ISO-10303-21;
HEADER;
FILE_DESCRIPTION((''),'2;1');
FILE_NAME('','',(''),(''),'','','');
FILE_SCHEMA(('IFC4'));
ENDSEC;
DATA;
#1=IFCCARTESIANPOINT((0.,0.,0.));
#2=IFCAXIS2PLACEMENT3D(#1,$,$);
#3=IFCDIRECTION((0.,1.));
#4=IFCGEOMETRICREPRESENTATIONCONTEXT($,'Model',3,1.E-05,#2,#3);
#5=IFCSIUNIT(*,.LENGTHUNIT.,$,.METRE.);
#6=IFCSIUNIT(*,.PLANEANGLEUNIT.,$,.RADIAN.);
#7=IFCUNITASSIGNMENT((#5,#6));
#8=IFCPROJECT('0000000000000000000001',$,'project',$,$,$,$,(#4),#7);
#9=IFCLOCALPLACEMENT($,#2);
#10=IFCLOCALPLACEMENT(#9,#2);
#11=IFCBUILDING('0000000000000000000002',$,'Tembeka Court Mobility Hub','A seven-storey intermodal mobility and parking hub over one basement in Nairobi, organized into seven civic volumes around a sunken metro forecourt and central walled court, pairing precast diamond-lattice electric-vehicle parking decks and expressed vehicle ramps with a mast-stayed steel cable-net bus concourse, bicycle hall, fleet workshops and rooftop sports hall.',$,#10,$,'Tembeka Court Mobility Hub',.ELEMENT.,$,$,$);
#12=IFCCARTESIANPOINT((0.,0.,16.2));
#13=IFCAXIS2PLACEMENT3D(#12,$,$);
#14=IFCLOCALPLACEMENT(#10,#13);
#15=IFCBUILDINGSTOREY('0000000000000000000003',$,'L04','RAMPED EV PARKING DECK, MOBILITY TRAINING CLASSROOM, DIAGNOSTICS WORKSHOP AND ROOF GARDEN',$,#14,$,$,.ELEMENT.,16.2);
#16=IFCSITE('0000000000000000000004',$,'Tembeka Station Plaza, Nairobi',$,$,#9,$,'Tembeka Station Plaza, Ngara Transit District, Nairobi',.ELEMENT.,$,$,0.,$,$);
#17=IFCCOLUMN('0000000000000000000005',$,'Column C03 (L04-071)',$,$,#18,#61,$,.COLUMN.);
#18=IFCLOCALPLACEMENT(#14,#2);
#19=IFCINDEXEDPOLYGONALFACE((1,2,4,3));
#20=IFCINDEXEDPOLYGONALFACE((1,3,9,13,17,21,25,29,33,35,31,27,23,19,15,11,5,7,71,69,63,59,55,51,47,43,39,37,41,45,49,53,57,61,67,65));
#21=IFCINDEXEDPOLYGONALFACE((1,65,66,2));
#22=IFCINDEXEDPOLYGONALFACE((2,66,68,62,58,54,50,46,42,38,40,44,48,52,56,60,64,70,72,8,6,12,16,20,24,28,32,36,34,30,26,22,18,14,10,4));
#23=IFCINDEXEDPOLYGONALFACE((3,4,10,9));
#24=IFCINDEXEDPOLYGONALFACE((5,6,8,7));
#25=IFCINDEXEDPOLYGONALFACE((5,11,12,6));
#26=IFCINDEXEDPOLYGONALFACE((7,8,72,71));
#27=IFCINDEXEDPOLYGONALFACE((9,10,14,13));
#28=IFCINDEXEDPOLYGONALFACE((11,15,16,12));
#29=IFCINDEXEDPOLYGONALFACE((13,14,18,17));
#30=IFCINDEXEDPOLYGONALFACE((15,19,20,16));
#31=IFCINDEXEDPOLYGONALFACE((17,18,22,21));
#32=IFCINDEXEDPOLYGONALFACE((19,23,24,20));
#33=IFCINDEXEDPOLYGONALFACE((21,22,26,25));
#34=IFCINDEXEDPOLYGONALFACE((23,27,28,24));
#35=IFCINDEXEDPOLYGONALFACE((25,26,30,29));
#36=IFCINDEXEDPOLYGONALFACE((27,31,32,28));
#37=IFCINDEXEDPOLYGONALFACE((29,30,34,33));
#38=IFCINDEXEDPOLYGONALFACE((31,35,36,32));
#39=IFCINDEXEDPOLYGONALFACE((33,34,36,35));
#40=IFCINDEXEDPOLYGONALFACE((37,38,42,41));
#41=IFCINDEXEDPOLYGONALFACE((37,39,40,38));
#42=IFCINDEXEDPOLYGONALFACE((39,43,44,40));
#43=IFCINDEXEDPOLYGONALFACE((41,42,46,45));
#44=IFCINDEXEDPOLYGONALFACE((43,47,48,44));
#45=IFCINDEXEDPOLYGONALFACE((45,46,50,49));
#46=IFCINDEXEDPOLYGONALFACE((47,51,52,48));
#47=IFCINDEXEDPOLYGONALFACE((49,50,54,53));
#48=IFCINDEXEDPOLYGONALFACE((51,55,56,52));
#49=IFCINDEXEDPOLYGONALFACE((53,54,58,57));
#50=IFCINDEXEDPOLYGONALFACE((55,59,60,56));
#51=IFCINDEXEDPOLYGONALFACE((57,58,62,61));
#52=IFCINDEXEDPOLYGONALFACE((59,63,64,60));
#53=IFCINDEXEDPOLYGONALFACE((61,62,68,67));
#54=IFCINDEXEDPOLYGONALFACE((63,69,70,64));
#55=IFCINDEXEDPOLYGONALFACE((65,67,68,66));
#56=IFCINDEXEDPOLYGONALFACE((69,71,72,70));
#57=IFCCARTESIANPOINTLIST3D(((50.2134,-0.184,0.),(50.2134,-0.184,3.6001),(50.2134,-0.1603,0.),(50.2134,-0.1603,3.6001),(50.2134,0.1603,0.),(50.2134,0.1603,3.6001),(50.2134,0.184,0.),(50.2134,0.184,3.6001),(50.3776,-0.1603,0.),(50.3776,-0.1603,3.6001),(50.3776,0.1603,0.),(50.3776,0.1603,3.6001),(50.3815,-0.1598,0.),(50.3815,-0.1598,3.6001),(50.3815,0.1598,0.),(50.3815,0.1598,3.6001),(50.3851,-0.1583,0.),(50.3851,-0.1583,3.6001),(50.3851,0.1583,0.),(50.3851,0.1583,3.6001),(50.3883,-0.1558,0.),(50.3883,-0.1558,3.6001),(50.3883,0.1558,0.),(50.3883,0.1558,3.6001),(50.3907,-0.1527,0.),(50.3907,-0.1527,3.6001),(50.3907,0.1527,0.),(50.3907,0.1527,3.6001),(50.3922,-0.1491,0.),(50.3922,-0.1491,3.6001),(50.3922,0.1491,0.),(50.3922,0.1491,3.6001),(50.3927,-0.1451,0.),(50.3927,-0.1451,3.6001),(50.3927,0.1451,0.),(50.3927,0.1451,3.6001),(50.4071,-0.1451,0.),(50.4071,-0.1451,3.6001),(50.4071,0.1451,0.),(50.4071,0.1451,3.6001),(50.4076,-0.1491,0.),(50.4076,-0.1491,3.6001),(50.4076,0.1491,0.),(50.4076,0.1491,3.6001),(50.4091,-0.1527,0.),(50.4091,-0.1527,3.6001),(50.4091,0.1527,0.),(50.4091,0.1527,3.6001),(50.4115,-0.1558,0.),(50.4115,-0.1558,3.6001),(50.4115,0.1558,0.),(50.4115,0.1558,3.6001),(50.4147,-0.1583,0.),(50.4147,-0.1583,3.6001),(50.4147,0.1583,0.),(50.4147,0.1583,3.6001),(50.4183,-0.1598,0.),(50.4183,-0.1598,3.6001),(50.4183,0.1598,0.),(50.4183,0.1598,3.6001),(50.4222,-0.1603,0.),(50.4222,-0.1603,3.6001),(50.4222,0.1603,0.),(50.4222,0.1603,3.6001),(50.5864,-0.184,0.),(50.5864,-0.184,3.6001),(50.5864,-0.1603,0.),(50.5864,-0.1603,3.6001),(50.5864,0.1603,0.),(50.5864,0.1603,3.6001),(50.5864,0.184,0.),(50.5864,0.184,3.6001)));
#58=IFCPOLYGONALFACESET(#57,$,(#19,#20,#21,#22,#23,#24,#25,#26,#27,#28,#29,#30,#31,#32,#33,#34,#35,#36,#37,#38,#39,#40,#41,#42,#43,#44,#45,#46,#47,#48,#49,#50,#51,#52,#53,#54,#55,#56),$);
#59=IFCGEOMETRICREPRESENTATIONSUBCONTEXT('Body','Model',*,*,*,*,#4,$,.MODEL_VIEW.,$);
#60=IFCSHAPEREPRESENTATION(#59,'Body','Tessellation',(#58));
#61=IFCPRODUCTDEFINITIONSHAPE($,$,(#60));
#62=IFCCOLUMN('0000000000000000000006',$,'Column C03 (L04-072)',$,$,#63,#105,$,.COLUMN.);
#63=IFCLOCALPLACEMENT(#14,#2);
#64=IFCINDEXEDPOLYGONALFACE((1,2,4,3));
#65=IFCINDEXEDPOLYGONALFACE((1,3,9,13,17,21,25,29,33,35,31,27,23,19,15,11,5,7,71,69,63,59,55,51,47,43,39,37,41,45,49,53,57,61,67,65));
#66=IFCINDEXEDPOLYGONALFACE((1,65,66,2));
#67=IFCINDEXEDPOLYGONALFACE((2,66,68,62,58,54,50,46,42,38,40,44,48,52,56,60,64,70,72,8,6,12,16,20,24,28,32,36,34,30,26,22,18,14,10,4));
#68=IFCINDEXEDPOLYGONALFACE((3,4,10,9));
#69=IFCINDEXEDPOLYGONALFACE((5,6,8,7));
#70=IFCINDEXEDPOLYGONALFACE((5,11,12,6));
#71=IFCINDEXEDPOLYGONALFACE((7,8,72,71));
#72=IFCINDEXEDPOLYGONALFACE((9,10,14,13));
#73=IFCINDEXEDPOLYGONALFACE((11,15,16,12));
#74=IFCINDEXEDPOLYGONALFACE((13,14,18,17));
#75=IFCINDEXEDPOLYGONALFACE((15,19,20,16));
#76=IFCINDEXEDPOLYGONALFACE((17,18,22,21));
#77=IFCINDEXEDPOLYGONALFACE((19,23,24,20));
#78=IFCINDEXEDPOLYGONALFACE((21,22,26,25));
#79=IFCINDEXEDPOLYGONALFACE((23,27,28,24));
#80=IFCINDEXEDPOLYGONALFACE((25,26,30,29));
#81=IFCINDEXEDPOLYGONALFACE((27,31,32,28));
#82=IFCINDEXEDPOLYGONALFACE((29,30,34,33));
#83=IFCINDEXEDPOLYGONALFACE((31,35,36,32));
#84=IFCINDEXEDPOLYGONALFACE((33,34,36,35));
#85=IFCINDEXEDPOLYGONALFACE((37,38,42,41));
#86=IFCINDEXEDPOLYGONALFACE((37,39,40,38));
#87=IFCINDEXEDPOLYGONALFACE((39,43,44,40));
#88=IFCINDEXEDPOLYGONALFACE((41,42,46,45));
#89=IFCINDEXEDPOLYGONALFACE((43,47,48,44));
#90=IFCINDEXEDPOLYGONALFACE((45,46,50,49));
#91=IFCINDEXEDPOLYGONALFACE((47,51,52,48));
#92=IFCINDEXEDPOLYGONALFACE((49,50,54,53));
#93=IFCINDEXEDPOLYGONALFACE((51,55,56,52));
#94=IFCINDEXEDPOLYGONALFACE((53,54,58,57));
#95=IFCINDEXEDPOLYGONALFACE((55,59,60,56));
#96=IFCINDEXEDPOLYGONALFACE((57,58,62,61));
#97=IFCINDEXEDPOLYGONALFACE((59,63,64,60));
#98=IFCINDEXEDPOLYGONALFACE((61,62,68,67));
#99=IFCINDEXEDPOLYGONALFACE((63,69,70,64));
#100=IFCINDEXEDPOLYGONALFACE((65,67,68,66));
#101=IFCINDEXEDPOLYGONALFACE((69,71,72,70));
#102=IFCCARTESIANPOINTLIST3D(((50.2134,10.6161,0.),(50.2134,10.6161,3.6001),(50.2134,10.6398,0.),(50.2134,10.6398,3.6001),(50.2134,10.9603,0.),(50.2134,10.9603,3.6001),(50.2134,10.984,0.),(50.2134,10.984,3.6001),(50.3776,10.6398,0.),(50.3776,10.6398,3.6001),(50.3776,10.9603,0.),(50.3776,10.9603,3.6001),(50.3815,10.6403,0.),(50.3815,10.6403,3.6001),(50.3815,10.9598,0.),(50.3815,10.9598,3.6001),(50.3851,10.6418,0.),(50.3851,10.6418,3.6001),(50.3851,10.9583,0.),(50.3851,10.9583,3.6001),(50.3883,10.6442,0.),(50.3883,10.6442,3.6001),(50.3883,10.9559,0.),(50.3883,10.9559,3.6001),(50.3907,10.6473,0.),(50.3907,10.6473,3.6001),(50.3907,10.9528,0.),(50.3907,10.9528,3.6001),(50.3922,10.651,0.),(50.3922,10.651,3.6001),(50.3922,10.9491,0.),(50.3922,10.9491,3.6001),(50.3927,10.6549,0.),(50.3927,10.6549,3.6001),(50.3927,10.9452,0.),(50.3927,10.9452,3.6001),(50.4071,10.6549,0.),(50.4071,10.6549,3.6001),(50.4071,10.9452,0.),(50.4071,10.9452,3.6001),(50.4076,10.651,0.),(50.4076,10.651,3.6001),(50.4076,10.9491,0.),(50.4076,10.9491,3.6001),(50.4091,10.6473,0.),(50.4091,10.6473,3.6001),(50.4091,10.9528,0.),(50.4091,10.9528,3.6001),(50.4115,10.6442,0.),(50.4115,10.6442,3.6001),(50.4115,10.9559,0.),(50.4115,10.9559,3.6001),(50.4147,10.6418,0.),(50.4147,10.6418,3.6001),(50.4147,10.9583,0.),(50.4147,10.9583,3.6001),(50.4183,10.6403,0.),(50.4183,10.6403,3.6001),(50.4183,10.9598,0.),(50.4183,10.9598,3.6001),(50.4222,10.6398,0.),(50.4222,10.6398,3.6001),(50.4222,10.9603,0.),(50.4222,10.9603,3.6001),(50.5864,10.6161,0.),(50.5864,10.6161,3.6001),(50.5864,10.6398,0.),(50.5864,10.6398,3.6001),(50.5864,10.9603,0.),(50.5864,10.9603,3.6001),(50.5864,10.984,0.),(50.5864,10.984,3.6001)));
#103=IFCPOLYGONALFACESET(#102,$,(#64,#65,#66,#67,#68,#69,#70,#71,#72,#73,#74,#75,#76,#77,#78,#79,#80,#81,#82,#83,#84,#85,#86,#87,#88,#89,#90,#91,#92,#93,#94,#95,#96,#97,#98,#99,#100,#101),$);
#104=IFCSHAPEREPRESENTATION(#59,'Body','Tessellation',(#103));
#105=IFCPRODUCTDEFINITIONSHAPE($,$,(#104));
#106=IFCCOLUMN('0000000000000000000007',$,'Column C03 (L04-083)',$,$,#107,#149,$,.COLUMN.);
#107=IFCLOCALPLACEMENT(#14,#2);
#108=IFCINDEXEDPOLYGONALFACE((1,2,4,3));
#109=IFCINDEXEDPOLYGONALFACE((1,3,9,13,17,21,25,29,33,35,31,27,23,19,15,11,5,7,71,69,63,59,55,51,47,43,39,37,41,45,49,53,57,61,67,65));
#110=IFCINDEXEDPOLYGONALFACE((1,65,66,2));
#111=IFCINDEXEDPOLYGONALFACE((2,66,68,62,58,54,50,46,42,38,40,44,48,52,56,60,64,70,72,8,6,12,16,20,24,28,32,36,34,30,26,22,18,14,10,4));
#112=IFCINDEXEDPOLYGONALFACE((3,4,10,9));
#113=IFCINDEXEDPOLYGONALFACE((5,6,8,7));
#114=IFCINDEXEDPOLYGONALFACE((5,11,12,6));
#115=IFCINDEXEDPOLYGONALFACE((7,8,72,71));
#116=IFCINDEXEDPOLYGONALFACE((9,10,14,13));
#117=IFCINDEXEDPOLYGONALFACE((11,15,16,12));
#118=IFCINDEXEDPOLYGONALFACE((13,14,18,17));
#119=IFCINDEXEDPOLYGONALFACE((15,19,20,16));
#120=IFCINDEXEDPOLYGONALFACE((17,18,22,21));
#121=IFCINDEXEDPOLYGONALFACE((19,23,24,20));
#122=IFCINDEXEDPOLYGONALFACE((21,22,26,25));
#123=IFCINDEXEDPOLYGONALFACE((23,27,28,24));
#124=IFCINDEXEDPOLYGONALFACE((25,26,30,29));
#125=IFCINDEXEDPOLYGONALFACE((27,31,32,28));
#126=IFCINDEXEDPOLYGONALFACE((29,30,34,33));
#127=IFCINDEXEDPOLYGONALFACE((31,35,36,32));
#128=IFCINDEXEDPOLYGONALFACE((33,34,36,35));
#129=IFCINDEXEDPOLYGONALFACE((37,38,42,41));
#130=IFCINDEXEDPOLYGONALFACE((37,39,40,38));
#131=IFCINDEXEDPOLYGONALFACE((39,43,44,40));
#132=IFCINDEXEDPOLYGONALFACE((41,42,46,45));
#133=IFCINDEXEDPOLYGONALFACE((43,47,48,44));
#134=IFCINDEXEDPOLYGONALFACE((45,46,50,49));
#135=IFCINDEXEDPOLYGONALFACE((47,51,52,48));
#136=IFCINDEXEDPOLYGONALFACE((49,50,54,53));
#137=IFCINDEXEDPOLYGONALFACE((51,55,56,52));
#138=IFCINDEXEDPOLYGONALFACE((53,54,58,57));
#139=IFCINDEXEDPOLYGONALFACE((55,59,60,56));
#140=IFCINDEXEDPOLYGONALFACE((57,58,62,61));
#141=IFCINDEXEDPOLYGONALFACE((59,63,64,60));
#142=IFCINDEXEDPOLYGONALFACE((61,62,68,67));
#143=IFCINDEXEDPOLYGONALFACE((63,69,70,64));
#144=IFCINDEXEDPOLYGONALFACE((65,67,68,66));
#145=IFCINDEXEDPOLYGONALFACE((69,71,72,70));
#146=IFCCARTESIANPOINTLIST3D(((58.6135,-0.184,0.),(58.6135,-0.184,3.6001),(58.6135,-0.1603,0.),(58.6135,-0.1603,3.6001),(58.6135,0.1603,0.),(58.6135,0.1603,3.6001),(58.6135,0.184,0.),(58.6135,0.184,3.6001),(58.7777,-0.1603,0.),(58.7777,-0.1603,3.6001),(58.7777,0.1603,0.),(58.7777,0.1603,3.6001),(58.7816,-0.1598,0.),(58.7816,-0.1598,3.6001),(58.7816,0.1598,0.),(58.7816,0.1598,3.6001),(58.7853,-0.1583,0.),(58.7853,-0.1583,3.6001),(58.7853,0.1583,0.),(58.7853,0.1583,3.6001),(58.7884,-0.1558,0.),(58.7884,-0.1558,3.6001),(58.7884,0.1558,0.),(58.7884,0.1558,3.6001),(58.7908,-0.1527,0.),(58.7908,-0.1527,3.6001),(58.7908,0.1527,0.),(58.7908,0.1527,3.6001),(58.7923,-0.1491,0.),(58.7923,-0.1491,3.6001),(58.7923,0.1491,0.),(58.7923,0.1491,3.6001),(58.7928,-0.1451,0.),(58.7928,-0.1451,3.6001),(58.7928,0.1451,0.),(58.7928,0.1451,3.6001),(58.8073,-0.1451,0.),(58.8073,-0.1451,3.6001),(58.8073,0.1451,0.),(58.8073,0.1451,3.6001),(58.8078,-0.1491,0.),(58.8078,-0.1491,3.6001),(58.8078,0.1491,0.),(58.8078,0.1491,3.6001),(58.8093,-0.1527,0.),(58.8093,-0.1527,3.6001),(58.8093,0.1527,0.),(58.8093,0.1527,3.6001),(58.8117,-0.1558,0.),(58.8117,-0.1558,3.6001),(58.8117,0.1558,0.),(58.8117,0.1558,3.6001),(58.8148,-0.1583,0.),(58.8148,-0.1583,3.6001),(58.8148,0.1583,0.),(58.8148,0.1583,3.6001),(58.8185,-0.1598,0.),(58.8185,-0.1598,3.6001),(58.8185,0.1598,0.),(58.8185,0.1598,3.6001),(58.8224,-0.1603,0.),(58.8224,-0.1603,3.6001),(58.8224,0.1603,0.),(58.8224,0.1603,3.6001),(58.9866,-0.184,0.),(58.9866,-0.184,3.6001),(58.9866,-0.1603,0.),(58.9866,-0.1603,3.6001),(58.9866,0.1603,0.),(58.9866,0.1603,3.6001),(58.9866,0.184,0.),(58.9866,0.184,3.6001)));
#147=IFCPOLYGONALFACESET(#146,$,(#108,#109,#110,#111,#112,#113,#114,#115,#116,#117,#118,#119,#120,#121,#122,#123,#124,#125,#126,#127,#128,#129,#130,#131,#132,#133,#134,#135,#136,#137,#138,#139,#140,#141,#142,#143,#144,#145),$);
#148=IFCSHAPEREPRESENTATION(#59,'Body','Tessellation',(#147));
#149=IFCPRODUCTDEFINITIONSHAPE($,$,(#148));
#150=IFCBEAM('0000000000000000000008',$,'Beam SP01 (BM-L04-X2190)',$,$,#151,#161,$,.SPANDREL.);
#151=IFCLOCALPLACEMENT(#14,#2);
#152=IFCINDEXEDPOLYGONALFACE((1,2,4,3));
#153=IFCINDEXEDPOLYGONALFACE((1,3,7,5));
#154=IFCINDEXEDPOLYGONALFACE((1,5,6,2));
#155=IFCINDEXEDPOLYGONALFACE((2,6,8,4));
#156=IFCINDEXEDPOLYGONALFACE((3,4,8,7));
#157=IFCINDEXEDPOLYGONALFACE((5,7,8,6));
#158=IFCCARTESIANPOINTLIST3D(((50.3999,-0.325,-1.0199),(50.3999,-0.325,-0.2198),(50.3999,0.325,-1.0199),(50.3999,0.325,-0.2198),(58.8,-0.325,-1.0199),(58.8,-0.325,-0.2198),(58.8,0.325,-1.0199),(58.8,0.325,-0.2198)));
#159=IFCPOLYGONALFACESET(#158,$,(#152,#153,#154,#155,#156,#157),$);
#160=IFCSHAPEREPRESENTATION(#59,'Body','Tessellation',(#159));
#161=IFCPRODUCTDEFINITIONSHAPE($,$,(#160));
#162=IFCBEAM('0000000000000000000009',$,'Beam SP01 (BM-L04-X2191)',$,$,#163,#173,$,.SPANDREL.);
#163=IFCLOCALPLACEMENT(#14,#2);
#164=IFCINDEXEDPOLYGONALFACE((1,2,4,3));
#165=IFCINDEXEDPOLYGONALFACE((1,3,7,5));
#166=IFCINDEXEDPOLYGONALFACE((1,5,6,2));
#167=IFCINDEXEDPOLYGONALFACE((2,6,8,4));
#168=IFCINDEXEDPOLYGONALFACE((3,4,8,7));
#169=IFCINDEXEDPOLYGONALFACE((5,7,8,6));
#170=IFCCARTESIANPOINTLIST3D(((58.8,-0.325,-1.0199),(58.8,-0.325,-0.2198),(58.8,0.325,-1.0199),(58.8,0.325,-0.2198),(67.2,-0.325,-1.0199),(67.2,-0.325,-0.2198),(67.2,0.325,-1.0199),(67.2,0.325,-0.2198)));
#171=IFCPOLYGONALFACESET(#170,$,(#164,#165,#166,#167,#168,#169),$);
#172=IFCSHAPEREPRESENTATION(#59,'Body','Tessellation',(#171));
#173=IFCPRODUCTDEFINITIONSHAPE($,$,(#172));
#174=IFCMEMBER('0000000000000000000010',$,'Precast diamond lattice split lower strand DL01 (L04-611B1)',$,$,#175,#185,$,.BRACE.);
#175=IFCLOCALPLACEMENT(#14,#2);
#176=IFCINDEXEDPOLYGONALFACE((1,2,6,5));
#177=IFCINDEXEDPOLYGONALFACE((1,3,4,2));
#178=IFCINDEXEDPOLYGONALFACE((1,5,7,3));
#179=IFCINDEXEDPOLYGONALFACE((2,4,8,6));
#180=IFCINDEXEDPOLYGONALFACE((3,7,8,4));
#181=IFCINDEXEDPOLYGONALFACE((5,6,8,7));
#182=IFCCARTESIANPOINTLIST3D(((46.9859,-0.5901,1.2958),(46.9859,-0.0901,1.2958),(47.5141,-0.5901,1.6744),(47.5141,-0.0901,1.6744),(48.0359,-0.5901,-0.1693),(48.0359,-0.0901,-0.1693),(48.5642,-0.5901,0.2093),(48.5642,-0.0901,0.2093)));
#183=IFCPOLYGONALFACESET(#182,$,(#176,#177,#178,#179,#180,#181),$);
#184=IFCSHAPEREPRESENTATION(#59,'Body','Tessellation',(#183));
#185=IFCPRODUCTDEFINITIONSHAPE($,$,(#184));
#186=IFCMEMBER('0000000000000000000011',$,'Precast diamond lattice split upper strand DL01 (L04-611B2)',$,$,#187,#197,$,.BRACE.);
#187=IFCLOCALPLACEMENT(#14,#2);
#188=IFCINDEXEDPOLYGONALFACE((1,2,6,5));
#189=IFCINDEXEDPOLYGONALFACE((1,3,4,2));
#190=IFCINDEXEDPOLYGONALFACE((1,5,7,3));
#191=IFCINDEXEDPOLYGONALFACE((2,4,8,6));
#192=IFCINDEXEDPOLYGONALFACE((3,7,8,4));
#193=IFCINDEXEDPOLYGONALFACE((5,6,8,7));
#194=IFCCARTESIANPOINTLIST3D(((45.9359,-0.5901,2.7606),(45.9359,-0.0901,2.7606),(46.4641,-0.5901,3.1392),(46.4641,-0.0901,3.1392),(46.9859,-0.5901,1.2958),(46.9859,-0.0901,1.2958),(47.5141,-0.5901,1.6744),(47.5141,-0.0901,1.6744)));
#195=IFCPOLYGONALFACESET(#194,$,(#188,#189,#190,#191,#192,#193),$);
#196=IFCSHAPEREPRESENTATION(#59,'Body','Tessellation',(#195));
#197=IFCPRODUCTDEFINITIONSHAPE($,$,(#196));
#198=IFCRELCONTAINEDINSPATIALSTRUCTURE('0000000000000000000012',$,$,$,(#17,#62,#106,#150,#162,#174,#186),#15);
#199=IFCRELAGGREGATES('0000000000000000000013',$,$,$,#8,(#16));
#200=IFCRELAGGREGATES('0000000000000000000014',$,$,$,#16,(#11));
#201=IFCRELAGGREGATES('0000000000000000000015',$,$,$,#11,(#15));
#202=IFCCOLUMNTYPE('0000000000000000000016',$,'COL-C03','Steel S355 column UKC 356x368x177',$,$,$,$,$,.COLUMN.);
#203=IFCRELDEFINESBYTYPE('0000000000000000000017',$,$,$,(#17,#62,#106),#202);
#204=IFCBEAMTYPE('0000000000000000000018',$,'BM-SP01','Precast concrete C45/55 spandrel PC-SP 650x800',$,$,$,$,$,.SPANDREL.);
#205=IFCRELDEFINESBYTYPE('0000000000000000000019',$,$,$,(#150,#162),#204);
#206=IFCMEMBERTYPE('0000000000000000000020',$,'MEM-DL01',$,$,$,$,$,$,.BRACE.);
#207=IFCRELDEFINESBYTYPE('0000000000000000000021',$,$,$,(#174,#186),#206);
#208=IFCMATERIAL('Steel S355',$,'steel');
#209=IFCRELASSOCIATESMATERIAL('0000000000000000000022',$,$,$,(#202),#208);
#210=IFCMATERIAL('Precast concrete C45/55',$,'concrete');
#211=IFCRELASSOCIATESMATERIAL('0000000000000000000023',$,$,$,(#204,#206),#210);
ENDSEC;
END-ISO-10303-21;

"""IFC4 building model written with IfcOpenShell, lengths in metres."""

from ifc_helpers import new_model, si_unit, direction, frame, origin, origin_2d, place, context, subcontext, project, spatial, rectangle, i_section, extrude, material, material_profile, profile_set, type_object, element, save


model = new_model("IFC4")

# Units and contexts
model_context = context("Model", 3, precision=1e-05, world=origin(), true_north=direction((0.0, 1.0)))
body_context = subcontext(model_context, "Body", "Model", "MODEL_VIEW")
ifc_project = project(units=[si_unit("LENGTHUNIT", "METRE"), si_unit("PLANEANGLEUNIT", "RADIAN")], contexts=[model_context])

# Site, building, storey
site_placement = place(None, origin())
site = spatial("IfcSite", under=ifc_project, at=site_placement, Name="Tembeka Station Plaza, Nairobi", LongName="Tembeka Station Plaza, Ngara Transit District, Nairobi", CompositionType="ELEMENT", RefElevation=0.0)
building_placement = place(site_placement, origin())
building = spatial("IfcBuilding", under=site, at=building_placement, Name="Tembeka Court Mobility Hub", Description="A seven-storey intermodal mobility and parking hub over one basement in Nairobi, organized into seven civic volumes around a sunken metro forecourt and central walled court, pairing precast diamond-lattice electric-vehicle parking decks and expressed vehicle ramps with a mast-stayed steel cable-net bus concourse, bicycle hall, fleet workshops and rooftop sports hall.", LongName="Tembeka Court Mobility Hub", CompositionType="ELEMENT")
storey_placement = place(building_placement, frame((0.0, 0.0, 16.2)))
storey = spatial("IfcBuildingStorey", under=building, at=storey_placement, Name="L04", Description="RAMPED EV PARKING DECK, MOBILITY TRAINING CLASSROOM, DIAGNOSTICS WORKSHOP AND ROOF GARDEN", CompositionType="ELEMENT", Elevation=16.2)

# Columns
ifc_material_1 = material(Name="Steel S355", Category="steel")
ifc_material_profile_1 = material_profile(ifc_material_1, i_section(OverallWidth=0.373, OverallDepth=0.3679, WebThickness=0.0144, FlangeThickness=0.0237, FilletRadius=0.0151, at=origin_2d()), Name="UKC 356x368x177")
ifc_profile_set_1 = profile_set([ifc_material_profile_1], Name="Steel S355")
column_type = type_object("IfcColumnType", Name="COL-C03", Description="Steel S355 column UKC 356x368x177", PredefinedType="COLUMN", material=ifc_profile_set_1)
for number, where, z_axis, x_axis, name in (
    (1, (50.3999, 0.0, 0.0), (0.0, 0.0, 1.0), (1.0, 0.0, 0.0), "Column C03 (L04-071)"),
    (2, (50.3999, 10.8, 0.0), (0.0, 0.0, 1.0), (1.0, 0.0, 0.0), "Column C03 (L04-072)"),
    (3, (58.8, 0.0, 0.0), (0.0, 0.0, 1.0), (1.0, 0.0, 0.0), "Column C03 (L04-083)"),
):
    element("IfcColumn", number, at=place(storey_placement, frame(where, z_axis=z_axis, x_axis=x_axis)), inside=storey, type_object=column_type, Name=name, PredefinedType="COLUMN", context=body_context, shape_type="SweptSolid", body=[
        extrude(i_section(OverallWidth=0.373, OverallDepth=0.3679, WebThickness=0.0144, FlangeThickness=0.0237, FilletRadius=0.0151, at=origin_2d()), origin(), (0.0, 0.0, 1.0), 3.6001),
    ])

# Beams
ifc_material_2 = material(Name="Precast concrete C45/55", Category="concrete")
ifc_material_profile_2 = material_profile(ifc_material_2, rectangle(XDim=0.6499, YDim=0.8, at=origin_2d()), Name="PC-SP 650x800")
ifc_profile_set_2 = profile_set([ifc_material_profile_2], Name="Precast concrete C45/55")
beam_type = type_object("IfcBeamType", Name="BM-SP01", Description="Precast concrete C45/55 spandrel PC-SP 650x800", PredefinedType="SPANDREL", material=ifc_profile_set_2)
beam_1_placement = place(storey_placement, frame((50.3999, 0.0, -0.6199), z_axis=(1.0, 0.0, 0.0), x_axis=(0.0, 1.0, 0.0)))
element("IfcBeam", 4, at=beam_1_placement, inside=storey, type_object=beam_type, Name="Beam SP01 (BM-L04-X2190)", PredefinedType="SPANDREL", context=body_context, shape_type="SweptSolid", body=[
    extrude(rectangle(XDim=0.6499, YDim=0.8, at=origin_2d()), origin(), (0.0, 0.0, 1.0), 8.4001),
])
beam_2_placement = place(storey_placement, frame((58.8, 0.0, -0.6199), z_axis=(1.0, 0.0, 0.0), x_axis=(0.0, 1.0, 0.0)))
element("IfcBeam", 5, at=beam_2_placement, inside=storey, type_object=beam_type, Name="Beam SP01 (BM-L04-X2191)", PredefinedType="SPANDREL", context=body_context, shape_type="SweptSolid", body=[
    extrude(rectangle(XDim=0.6499, YDim=0.8, at=origin_2d()), origin(), (0.0, 0.0, 1.0), 8.3999),
])

# Members
ifc_material_profile_3 = material_profile(ifc_material_2, rectangle(XDim=0.5, YDim=0.6499, at=origin_2d()), Name="PC-DIAG 500x650")
ifc_profile_set_3 = profile_set([ifc_material_profile_3], Name="Precast concrete C45/55")
member_type_1 = type_object("IfcMemberType", Name="MEM-DL01", PredefinedType="BRACE", material=ifc_profile_set_3)
member_1_placement = place(storey_placement, frame((48.3, -0.3401, 0.02), z_axis=(-0.582544, 0.0, 0.812799), x_axis=(0.0, -1.0, 0.0)))
element("IfcMember", 6, at=member_1_placement, inside=storey, type_object=member_type_1, Name="Precast diamond lattice split lower strand DL01 (L04-611B1)", PredefinedType="BRACE", context=body_context, shape_type="SweptSolid", body=[
    extrude(rectangle(XDim=0.5, YDim=0.6499, at=origin_2d()), origin(), (0.0, 0.0, 1.0), 1.8025),
])
member_2_placement = place(storey_placement, frame((47.25, -0.3401, 1.4851), z_axis=(-0.582608, 0.0, 0.812753), x_axis=(0.0, -1.0, 0.0)))
element("IfcMember", 7, at=member_2_placement, inside=storey, type_object=member_type_1, Name="Precast diamond lattice split upper strand DL01 (L04-611B2)", PredefinedType="BRACE", context=body_context, shape_type="SweptSolid", body=[
    extrude(rectangle(XDim=0.5, YDim=0.6499, at=origin_2d()), origin(), (0.0, 0.0, 1.0), 1.8022),
])

save(model, "model.ifc")
